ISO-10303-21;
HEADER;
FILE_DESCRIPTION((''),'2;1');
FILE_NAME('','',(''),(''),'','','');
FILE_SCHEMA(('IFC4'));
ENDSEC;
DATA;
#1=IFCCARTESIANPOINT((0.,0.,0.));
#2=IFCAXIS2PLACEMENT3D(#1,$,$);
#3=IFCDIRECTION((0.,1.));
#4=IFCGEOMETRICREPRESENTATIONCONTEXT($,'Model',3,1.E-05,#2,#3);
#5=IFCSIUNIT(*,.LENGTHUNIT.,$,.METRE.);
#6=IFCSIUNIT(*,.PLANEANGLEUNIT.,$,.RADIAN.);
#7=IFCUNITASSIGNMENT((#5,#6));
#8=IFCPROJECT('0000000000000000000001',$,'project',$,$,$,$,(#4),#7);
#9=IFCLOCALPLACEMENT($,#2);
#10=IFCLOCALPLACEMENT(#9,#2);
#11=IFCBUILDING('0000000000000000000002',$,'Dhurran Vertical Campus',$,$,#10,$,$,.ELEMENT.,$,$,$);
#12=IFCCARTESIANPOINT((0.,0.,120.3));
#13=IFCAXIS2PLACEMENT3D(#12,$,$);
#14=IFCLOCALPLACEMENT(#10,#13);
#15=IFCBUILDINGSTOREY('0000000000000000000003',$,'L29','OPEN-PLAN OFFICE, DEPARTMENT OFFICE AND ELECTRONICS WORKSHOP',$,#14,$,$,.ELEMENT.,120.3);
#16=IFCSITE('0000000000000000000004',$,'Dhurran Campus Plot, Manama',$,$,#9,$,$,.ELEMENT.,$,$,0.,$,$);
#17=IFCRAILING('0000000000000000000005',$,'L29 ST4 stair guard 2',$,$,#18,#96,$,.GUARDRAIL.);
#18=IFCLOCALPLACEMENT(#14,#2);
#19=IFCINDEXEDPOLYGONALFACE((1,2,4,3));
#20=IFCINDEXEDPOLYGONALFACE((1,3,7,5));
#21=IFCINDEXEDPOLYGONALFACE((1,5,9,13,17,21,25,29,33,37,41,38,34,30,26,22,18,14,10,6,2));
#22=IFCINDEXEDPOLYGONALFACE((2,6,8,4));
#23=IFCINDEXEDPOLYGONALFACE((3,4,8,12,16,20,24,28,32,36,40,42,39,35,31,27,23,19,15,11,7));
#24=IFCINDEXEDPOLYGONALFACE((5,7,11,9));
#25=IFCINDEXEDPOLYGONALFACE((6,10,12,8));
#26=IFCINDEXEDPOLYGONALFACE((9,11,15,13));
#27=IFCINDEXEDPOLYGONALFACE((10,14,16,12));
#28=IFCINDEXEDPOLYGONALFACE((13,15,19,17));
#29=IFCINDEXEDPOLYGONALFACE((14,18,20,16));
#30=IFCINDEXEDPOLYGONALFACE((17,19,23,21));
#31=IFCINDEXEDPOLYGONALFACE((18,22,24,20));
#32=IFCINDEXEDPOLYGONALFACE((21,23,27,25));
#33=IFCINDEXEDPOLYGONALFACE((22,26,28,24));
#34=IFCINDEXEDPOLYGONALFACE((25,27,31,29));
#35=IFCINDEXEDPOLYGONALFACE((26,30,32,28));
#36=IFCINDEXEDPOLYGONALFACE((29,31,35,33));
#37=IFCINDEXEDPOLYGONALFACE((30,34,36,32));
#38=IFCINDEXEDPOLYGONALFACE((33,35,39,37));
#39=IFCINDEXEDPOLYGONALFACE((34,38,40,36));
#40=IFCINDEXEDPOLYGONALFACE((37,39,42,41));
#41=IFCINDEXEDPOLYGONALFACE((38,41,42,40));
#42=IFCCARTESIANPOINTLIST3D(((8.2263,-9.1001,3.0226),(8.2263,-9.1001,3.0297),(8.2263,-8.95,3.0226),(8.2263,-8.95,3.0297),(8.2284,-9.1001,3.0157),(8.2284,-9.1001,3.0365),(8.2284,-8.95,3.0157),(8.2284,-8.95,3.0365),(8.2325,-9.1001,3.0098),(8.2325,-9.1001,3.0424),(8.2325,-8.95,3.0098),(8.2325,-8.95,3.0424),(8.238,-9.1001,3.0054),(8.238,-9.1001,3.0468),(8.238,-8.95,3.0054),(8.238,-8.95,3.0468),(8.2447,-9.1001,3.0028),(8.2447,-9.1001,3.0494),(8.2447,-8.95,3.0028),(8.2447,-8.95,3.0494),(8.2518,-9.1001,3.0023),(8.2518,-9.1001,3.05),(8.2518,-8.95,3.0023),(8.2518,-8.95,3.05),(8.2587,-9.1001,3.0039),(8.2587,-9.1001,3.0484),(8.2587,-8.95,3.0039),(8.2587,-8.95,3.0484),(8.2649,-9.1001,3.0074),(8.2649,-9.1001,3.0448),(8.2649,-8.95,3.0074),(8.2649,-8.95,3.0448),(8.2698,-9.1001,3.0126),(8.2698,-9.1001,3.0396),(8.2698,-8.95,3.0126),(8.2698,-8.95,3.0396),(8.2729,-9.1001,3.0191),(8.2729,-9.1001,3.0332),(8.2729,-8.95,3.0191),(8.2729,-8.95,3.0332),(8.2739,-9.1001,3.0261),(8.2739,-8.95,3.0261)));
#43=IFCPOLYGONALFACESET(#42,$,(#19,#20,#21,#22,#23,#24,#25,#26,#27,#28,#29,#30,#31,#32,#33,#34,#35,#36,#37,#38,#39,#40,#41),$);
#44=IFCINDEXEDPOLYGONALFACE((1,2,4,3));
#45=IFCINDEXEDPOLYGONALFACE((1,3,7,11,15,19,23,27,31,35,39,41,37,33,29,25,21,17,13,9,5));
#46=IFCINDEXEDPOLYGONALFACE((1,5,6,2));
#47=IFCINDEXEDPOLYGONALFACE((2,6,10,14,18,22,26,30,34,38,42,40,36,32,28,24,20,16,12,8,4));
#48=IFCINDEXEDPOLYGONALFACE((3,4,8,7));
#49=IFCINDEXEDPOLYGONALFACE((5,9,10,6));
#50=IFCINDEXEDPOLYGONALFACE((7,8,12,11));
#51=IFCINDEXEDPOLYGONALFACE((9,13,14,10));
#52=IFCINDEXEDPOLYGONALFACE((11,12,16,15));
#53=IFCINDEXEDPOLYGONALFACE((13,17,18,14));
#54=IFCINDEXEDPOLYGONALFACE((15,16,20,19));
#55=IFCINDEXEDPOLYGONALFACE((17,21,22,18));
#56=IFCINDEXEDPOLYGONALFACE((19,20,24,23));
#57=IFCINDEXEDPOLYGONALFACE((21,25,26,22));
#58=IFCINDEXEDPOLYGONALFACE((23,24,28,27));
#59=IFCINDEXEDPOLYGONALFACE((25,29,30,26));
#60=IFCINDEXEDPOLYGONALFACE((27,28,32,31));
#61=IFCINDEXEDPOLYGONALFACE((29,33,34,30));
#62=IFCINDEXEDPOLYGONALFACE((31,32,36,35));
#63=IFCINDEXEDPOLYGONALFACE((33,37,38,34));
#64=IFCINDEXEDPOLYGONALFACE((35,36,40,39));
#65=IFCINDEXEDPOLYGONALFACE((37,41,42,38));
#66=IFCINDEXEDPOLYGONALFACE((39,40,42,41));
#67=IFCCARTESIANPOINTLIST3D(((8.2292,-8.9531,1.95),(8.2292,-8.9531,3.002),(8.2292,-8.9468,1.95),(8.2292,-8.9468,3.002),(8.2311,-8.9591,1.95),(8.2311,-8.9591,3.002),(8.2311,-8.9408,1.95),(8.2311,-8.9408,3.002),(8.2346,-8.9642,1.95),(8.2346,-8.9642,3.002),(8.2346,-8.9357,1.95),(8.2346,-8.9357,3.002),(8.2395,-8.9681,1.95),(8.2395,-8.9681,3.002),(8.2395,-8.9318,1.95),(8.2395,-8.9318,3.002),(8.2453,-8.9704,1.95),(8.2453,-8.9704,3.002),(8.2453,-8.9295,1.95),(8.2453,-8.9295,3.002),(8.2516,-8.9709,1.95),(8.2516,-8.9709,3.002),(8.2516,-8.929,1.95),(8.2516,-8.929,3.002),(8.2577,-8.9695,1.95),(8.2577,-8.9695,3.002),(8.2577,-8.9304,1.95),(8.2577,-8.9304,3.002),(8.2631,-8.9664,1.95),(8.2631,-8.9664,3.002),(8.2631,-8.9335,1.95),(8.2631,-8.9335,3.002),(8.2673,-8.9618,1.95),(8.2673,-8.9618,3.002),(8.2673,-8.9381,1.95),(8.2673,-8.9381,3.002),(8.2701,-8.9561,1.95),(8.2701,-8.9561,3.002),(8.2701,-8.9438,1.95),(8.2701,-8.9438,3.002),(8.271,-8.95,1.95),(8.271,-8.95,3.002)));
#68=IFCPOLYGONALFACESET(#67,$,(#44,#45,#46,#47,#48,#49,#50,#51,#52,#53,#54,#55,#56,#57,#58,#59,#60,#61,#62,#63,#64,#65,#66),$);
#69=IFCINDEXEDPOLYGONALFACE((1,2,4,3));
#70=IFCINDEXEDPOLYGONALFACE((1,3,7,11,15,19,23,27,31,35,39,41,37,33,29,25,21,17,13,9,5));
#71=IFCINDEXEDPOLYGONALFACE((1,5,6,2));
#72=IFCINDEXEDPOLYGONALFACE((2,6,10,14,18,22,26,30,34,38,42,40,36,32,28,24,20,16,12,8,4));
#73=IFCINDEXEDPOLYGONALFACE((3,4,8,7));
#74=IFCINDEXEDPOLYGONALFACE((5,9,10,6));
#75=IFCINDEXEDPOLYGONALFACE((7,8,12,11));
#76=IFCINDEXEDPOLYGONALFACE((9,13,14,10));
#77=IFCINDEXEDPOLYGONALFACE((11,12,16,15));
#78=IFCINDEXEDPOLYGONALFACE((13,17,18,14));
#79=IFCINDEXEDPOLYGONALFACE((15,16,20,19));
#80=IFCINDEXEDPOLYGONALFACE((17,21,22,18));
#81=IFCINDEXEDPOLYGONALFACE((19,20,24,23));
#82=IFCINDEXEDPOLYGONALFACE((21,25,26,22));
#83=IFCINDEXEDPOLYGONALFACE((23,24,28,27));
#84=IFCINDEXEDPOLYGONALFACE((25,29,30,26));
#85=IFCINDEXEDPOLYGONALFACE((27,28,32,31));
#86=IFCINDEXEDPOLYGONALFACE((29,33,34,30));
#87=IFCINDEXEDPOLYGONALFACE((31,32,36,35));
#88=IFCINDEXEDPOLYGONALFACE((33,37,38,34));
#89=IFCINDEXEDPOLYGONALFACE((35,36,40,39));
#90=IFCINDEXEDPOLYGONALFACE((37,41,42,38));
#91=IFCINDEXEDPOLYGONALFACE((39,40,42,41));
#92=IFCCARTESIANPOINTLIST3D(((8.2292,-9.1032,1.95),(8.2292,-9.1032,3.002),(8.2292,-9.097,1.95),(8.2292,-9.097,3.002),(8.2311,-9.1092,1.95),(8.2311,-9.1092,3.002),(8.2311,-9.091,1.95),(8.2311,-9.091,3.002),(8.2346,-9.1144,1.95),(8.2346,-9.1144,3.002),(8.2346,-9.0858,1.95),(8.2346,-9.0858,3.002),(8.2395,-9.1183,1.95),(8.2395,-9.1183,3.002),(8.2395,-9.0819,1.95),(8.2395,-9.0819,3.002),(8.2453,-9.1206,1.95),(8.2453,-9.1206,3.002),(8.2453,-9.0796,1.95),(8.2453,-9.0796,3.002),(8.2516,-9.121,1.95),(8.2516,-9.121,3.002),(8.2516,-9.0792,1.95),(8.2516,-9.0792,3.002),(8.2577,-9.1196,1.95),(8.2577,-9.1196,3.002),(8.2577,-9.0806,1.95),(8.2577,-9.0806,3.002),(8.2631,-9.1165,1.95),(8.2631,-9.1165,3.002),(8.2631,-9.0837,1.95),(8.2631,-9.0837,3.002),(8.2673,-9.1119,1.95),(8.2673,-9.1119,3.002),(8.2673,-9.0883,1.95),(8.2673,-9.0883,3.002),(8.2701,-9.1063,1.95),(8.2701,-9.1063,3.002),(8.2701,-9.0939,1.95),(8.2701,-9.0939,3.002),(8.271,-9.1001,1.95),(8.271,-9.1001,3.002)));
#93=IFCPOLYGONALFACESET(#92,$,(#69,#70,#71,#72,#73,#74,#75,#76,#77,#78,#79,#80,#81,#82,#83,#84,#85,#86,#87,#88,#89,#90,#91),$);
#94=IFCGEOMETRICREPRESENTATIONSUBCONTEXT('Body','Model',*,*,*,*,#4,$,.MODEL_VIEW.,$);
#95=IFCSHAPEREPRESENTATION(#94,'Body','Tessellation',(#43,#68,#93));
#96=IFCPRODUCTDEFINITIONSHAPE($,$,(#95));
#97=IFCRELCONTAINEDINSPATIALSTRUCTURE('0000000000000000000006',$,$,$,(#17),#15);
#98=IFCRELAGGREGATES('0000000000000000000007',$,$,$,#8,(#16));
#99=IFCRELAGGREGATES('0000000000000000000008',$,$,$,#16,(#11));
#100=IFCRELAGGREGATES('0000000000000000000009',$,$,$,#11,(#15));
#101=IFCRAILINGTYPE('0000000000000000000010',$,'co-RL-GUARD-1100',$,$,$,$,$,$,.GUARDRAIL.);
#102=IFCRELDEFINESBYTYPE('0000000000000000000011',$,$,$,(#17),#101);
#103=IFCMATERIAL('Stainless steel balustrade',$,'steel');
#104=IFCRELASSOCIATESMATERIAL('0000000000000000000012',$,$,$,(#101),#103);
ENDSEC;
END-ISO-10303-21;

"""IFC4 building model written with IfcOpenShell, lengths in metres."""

from ifc_helpers import new_model, si_unit, direction, frame, origin, origin_2d, place, context, subcontext, project, spatial, circle, extrude, material, type_object, element, save


model = new_model("IFC4")

# Units and contexts
model_context = context("Model", 3, precision=1e-05, world=origin(), true_north=direction((0.0, 1.0)))
body_context = subcontext(model_context, "Body", "Model", "MODEL_VIEW")
ifc_project = project(units=[si_unit("LENGTHUNIT", "METRE"), si_unit("PLANEANGLEUNIT", "RADIAN")], contexts=[model_context])

# Site, building, storey
site_placement = place(None, origin())
site = spatial("IfcSite", under=ifc_project, at=site_placement, Name="Dhurran Campus Plot, Manama", CompositionType="ELEMENT", RefElevation=0.0)
building_placement = place(site_placement, origin())
building = spatial("IfcBuilding", under=site, at=building_placement, Name="Dhurran Vertical Campus", CompositionType="ELEMENT")
storey_placement = place(building_placement, frame((0.0, 0.0, 120.3)))
storey = spatial("IfcBuildingStorey", under=building, at=storey_placement, Name="L29", Description="OPEN-PLAN OFFICE, DEPARTMENT OFFICE AND ELECTRONICS WORKSHOP", CompositionType="ELEMENT", Elevation=120.3)

# Railing
ifc_material_1 = material(Name="Stainless steel balustrade", Category="steel")
railing_type_1 = type_object("IfcRailingType", Name="co-RL-GUARD-1100", PredefinedType="GUARDRAIL", material=ifc_material_1)
railing_1_placement = place(storey_placement, frame((8.25, -8.95, 1.95)))
element("IfcRailing", 1, at=railing_1_placement, inside=storey, type_object=railing_type_1, Name="L29 ST4 stair guard 2", PredefinedType="GUARDRAIL", context=body_context, shape_type="SweptSolid", body=[
    extrude(circle(Radius=0.0239, at=origin_2d()), frame((0.0, 0.0, 1.0762), z_axis=(0.0, -1.0, 0.0), x_axis=(1.0, 0.0, 0.0)), (0.0, 0.0, 1.0), 0.1501),
    extrude(circle(Radius=0.021, at=origin_2d()), origin(), (0.0, 0.0, 1.0), 1.052),
    extrude(circle(Radius=0.021, at=origin_2d()), frame((0.0, -0.1501, 0.0)), (0.0, 0.0, 1.0), 1.052),
])

save(model, "model.ifc")
